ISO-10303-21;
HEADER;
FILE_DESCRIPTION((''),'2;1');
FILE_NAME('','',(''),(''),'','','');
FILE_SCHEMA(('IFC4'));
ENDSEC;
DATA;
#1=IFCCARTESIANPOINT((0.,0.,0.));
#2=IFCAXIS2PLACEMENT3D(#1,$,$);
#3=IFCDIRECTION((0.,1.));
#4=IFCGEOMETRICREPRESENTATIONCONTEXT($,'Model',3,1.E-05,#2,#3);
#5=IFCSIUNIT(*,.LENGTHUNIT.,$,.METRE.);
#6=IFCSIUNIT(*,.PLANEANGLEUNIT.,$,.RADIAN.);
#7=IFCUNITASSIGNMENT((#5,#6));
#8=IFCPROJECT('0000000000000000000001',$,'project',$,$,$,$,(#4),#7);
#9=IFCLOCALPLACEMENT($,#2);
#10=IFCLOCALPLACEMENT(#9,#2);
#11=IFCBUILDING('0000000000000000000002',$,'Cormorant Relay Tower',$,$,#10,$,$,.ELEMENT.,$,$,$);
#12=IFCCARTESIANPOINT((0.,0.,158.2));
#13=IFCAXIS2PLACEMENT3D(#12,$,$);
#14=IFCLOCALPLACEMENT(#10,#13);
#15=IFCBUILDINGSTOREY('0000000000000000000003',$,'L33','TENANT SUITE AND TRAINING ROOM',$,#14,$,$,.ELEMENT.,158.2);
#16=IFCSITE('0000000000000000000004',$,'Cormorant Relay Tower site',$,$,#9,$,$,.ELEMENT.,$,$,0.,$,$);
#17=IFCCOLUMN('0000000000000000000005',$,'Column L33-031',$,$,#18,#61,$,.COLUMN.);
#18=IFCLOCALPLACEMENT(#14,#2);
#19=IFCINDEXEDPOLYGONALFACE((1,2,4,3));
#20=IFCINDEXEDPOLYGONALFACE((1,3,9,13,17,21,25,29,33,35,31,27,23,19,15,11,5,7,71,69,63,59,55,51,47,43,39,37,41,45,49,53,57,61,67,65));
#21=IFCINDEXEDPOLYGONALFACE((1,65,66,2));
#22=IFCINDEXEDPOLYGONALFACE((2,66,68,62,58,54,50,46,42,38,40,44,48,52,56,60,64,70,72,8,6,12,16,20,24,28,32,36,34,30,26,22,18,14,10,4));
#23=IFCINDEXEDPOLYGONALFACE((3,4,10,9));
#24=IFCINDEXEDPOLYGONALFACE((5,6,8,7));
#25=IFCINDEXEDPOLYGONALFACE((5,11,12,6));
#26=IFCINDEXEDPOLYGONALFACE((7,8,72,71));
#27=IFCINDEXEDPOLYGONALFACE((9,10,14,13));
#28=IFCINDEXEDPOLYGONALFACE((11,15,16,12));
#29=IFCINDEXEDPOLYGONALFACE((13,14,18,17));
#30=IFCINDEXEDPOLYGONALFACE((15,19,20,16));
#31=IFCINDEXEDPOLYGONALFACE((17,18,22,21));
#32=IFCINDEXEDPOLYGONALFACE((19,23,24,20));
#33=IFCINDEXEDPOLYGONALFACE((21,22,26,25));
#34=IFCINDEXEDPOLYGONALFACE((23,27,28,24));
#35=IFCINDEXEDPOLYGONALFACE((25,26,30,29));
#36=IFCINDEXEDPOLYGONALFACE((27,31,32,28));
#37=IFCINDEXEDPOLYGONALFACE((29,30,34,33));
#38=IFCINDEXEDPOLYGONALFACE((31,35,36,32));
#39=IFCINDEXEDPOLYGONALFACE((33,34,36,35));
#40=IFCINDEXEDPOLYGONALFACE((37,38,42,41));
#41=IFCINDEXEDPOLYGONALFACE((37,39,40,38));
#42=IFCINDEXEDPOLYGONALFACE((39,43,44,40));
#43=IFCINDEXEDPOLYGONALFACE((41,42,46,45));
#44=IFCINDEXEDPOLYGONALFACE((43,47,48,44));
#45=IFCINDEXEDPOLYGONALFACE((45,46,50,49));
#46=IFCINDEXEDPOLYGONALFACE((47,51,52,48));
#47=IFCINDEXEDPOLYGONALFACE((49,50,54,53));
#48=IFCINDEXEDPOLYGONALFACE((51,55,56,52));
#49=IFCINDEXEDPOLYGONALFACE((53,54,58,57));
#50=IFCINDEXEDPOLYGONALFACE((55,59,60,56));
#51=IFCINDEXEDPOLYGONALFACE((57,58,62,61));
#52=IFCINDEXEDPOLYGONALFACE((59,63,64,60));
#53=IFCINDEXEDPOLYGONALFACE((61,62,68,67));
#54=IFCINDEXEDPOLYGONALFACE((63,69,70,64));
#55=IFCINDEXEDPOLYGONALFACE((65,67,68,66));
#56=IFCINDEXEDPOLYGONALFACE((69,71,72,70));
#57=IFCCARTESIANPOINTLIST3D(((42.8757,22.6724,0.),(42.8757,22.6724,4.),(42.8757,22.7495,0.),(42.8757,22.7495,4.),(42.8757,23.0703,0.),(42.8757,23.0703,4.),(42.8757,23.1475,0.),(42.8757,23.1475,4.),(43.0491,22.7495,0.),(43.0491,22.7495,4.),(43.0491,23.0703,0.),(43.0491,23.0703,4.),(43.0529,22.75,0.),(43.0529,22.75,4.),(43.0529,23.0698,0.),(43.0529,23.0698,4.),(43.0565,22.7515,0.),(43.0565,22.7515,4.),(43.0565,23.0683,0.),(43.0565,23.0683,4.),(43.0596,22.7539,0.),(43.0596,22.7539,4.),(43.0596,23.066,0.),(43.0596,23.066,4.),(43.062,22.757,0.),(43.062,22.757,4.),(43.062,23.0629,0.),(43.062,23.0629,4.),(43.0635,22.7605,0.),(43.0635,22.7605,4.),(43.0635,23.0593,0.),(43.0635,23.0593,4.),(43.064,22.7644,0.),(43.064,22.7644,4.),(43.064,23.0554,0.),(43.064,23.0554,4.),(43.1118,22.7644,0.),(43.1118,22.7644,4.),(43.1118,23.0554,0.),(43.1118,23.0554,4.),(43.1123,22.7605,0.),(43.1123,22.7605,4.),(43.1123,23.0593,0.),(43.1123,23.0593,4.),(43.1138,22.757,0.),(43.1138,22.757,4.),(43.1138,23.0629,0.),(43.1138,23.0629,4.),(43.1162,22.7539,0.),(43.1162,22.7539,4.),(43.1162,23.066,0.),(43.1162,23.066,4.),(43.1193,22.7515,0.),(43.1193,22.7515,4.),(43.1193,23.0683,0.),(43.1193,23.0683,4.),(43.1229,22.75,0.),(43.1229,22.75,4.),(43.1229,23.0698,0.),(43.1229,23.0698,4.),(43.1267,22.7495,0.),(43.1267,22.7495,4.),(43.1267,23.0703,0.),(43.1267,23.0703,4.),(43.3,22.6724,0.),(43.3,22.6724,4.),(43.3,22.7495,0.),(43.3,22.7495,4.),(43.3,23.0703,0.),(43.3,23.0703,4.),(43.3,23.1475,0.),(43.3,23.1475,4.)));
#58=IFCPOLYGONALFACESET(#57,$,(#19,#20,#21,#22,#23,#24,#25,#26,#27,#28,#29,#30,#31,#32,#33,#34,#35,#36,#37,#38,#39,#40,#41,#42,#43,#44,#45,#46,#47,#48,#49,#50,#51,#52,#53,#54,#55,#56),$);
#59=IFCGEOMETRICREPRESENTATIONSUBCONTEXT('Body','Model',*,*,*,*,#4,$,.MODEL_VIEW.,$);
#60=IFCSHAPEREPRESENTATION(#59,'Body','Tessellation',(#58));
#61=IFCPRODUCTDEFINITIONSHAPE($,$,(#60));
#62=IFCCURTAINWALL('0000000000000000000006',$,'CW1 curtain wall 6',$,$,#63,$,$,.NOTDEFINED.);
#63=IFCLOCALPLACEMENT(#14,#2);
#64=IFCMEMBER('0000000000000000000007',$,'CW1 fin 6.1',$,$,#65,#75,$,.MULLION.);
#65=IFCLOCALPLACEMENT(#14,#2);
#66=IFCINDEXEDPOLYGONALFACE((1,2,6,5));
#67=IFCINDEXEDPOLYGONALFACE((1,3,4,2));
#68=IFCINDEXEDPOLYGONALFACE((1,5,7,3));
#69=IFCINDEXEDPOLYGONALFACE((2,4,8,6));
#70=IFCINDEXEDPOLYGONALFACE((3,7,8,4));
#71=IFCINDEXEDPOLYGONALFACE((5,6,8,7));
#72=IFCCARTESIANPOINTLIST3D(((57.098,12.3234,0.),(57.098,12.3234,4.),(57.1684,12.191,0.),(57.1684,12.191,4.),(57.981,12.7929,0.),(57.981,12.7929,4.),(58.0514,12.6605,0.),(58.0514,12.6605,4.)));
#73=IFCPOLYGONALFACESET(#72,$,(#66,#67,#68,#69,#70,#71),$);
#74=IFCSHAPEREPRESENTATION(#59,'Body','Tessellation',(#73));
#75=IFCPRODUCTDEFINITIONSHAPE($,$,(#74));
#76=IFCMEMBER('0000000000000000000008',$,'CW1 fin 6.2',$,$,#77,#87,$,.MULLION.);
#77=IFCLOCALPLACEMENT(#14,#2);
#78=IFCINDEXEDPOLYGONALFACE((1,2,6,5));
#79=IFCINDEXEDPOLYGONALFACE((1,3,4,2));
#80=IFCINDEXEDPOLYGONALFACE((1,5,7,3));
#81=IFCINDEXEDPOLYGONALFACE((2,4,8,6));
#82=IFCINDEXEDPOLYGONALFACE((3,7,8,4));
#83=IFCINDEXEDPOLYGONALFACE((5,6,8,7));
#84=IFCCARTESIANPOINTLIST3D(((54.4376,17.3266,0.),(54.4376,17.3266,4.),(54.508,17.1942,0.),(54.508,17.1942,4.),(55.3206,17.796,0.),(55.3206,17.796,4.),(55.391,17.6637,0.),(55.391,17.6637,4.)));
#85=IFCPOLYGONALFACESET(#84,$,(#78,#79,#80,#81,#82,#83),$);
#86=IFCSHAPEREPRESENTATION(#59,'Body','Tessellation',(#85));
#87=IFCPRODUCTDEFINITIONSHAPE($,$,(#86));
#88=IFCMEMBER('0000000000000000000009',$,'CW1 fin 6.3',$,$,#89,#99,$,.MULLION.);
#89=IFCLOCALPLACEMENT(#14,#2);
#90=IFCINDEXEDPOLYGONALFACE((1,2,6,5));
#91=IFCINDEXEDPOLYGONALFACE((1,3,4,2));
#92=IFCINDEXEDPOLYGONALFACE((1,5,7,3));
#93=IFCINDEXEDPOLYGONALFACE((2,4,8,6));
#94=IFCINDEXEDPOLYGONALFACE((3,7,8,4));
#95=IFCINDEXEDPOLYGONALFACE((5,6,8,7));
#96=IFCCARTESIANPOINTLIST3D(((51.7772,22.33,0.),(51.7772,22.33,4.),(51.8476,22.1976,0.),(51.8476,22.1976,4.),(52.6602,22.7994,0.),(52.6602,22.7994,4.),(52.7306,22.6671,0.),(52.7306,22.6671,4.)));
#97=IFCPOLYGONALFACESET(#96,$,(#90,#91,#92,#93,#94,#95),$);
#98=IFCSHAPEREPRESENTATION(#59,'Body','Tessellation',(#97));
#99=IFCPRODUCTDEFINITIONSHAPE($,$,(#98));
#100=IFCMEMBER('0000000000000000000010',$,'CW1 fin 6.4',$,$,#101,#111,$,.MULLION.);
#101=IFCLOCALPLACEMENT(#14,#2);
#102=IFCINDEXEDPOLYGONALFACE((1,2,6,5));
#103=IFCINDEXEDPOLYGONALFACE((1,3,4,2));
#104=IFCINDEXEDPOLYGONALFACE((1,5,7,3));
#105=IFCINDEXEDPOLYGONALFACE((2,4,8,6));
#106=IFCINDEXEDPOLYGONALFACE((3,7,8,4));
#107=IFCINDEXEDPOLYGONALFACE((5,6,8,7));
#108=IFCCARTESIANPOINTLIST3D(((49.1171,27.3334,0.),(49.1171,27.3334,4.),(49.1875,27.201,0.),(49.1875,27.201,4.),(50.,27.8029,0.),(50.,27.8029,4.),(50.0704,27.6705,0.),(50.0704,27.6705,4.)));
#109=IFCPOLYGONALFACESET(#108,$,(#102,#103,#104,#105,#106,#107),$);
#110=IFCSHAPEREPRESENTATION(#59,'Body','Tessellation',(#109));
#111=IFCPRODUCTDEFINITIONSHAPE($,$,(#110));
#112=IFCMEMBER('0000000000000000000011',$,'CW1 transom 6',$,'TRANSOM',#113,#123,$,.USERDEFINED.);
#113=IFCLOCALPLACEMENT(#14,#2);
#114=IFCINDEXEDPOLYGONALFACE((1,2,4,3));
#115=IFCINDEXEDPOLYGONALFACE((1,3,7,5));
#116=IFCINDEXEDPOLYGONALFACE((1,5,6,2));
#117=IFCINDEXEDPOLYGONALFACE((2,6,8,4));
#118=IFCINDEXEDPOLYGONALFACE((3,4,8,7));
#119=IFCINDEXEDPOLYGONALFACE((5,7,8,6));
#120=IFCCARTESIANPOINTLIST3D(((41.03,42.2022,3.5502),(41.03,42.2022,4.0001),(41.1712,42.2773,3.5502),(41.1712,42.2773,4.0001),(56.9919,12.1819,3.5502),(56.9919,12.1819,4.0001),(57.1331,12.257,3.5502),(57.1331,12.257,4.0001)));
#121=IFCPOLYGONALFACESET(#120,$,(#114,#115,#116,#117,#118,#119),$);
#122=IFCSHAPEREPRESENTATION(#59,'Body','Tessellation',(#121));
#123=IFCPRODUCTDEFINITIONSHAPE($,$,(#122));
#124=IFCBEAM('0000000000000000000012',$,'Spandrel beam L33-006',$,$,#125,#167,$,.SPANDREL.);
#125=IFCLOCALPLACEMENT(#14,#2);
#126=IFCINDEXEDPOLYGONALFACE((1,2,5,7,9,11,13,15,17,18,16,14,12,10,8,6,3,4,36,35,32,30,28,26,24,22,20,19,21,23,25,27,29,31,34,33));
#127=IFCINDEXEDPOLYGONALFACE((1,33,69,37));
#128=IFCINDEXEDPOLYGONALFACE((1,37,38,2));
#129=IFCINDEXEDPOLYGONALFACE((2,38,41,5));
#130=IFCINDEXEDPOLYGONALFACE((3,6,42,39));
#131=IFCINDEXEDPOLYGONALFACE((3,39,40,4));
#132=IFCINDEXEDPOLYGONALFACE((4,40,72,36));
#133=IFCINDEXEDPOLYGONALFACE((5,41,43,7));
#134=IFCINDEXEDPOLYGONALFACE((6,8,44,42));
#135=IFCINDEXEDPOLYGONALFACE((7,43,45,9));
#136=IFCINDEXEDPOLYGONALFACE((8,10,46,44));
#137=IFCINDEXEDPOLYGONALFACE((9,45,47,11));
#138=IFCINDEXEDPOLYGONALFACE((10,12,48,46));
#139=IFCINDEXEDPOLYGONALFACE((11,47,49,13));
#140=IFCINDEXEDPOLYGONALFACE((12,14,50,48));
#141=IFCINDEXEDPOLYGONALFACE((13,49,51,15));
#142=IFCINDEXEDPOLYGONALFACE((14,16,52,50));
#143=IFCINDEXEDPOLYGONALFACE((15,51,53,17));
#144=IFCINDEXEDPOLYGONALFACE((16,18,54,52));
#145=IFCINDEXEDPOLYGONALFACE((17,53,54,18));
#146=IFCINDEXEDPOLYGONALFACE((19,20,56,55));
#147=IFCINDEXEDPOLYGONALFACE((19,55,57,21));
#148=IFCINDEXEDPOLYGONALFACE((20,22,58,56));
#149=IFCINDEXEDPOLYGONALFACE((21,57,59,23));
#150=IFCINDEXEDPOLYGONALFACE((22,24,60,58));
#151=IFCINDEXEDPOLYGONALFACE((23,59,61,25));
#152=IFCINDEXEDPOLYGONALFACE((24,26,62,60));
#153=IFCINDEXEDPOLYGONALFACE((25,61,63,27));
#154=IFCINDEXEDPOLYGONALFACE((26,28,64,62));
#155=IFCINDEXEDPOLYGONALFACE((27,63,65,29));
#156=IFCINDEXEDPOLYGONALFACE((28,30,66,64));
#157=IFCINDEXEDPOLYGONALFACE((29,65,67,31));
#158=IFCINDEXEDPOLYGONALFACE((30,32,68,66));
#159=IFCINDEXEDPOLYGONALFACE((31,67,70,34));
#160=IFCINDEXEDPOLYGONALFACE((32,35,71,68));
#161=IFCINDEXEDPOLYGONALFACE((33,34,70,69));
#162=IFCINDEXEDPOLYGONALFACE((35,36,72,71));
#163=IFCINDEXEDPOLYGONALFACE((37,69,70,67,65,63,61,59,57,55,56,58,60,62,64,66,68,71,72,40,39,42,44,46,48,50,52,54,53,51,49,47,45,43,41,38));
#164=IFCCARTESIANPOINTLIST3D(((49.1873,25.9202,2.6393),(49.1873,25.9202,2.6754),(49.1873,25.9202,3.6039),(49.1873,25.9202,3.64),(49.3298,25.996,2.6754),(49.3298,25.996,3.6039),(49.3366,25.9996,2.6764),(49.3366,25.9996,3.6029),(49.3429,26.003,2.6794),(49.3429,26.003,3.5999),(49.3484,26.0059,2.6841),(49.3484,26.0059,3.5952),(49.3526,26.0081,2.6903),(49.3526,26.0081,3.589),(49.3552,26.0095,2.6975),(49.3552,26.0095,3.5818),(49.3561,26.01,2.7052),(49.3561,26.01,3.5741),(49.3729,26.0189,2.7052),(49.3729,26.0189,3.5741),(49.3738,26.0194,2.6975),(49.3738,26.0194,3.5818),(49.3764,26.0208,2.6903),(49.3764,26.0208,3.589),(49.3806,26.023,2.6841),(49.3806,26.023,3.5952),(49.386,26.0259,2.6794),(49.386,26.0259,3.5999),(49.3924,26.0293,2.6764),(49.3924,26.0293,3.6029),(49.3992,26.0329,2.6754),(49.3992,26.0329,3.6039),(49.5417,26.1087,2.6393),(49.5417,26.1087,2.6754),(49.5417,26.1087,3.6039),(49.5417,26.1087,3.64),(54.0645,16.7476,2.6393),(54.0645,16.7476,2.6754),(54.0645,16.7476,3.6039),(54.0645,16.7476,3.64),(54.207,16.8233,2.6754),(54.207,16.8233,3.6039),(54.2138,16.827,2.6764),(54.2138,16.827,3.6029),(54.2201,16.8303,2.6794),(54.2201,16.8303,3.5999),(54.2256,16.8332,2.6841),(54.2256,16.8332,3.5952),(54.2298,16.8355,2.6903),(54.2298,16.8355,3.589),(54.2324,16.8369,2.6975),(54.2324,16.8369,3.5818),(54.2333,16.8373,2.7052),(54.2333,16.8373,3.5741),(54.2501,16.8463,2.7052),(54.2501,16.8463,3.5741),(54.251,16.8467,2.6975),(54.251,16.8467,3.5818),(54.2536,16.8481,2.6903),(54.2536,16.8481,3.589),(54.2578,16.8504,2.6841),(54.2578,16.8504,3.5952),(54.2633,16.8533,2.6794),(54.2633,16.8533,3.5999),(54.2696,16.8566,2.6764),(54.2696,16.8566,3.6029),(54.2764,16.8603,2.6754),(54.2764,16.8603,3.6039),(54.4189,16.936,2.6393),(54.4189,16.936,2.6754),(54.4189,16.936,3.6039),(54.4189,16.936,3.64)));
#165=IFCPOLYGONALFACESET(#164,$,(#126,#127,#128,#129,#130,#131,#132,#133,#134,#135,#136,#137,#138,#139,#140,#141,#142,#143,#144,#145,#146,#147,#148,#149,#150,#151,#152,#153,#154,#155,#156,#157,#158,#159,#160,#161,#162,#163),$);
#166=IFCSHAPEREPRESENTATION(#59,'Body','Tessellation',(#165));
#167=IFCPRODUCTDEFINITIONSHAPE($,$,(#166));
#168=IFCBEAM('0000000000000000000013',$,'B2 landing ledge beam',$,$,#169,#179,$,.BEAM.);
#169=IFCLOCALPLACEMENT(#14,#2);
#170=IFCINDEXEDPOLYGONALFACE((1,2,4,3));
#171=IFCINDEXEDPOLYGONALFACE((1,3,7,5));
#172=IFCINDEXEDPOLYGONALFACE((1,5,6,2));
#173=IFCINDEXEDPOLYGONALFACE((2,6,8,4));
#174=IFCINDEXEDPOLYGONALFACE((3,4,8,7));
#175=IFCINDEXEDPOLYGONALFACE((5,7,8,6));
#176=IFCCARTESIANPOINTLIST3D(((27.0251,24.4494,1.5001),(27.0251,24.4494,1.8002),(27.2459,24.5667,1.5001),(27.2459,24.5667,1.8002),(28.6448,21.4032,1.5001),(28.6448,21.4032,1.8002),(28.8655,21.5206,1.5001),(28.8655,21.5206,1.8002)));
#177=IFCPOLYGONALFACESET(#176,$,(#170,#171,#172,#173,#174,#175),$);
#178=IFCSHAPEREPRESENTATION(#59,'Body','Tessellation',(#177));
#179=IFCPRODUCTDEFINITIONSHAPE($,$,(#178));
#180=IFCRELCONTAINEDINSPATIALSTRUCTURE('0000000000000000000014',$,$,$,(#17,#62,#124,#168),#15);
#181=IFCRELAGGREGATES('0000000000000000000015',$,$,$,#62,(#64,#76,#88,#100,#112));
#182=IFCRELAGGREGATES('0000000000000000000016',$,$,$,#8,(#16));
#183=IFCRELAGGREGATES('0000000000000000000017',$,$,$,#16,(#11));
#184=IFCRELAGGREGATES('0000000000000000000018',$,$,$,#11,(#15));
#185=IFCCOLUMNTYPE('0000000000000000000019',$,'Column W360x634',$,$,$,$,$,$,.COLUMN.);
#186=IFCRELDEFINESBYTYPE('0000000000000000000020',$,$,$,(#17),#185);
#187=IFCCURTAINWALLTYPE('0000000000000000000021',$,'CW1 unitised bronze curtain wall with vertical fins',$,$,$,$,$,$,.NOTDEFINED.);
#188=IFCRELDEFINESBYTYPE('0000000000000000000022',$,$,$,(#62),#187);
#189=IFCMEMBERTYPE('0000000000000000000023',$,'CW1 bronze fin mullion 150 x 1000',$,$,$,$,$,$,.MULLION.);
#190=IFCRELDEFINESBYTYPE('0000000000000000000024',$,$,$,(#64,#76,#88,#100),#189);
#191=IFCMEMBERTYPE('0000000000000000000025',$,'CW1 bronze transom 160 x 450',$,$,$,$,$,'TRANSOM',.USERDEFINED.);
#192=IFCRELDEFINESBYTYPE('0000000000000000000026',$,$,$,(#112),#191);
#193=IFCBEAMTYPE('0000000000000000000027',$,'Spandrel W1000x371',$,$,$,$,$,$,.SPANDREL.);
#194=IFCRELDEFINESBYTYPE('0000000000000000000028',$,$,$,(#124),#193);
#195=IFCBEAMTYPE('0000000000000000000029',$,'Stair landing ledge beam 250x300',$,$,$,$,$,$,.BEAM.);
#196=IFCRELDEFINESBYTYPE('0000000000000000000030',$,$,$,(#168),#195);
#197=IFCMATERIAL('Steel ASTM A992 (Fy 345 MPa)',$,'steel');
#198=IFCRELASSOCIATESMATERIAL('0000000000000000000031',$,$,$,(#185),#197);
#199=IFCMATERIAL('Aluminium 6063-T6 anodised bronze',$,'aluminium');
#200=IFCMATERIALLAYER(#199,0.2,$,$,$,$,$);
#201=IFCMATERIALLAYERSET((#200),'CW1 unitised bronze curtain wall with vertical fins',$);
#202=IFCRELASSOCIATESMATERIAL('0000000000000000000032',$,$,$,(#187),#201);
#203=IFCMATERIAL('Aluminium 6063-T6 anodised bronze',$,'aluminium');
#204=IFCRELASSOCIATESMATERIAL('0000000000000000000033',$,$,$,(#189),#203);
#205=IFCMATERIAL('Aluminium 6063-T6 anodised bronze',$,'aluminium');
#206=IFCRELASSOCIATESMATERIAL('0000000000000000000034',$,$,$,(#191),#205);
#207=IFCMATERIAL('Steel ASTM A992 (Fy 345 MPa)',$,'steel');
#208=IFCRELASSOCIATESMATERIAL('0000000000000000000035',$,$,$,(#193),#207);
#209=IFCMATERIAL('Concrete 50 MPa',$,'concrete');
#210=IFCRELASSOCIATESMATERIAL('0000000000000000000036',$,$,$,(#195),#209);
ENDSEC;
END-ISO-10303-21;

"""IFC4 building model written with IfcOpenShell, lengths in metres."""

from ifc_helpers import new_model, si_unit, direction, frame, origin, origin_2d, place, context, subcontext, project, spatial, rectangle, i_section, extrude, material, layer, layer_set, material_profile, profile_set, type_object, element, aggregate, save


model = new_model("IFC4")

# Units and contexts
model_context = context("Model", 3, precision=1e-05, world=origin(), true_north=direction((0.0, 1.0)))
body_context = subcontext(model_context, "Body", "Model", "MODEL_VIEW")
ifc_project = project(units=[si_unit("LENGTHUNIT", "METRE"), si_unit("PLANEANGLEUNIT", "RADIAN")], contexts=[model_context])

# Site, building, storey
site_placement = place(None, origin())
site = spatial("IfcSite", under=ifc_project, at=site_placement, Name="Cormorant Relay Tower site", CompositionType="ELEMENT", RefElevation=0.0)
building_placement = place(site_placement, origin())
building = spatial("IfcBuilding", under=site, at=building_placement, Name="Cormorant Relay Tower", CompositionType="ELEMENT")
storey_placement = place(building_placement, frame((0.0, 0.0, 158.2)))
storey = spatial("IfcBuildingStorey", under=building, at=storey_placement, Name="L33", Description="TENANT SUITE AND TRAINING ROOM", CompositionType="ELEMENT", Elevation=158.2)

# Column
ifc_material_1 = material(Name="Steel ASTM A992 (Fy 345 MPa)", Category="steel")
ifc_material_profile_1 = material_profile(ifc_material_1, i_section(OverallWidth=0.4243, OverallDepth=0.4751, WebThickness=0.0479, FlangeThickness=0.0771, FilletRadius=0.0149, at=origin_2d()), Name="W360x634")
ifc_profile_set_1 = profile_set([ifc_material_profile_1], Name="Steel ASTM A992 (Fy 345 MPa)")
column_type_1 = type_object("IfcColumnType", Name="Column W360x634", PredefinedType="COLUMN", material=ifc_profile_set_1)
for number, where, z_axis, x_axis, name in (
    (1, (43.0879, 22.9099, 0.0), (0.0, 0.0, 1.0), (1.0, 0.0, 0.0), "Column L33-031"),
):
    element("IfcColumn", number, at=place(storey_placement, frame(where, z_axis=z_axis, x_axis=x_axis)), inside=storey, type_object=column_type_1, Name=name, PredefinedType="COLUMN", context=body_context, shape_type="SweptSolid", body=[
        extrude(i_section(OverallWidth=0.4243, OverallDepth=0.4751, WebThickness=0.0479, FlangeThickness=0.0771, FilletRadius=0.0149, at=origin_2d()), origin(), (0.0, 0.0, 1.0), 4.0),
    ])

# Curtain wall, members
ifc_material_2 = material(Name="Aluminium 6063-T6 anodised bronze", Category="aluminium")
ifc_layer_1 = layer(ifc_material_2, 0.2)
ifc_layer_set_1 = layer_set([ifc_layer_1], Name="CW1 unitised bronze curtain wall with vertical fins")
curtain_wall_type = type_object("IfcCurtainWallType", Name="CW1 unitised bronze curtain wall with vertical fins", PredefinedType="NOTDEFINED", material=ifc_layer_set_1)
curtain_wall_1_placement = place(storey_placement, origin())
curtain_wall_1 = element("IfcCurtainWall", 2, at=curtain_wall_1_placement, inside=storey, type_object=curtain_wall_type, Name="CW1 curtain wall 6", PredefinedType="NOTDEFINED")
ifc_material_3 = material(Name="Aluminium 6063-T6 anodised bronze", Category="aluminium")
ifc_material_profile_2 = material_profile(ifc_material_3, rectangle(XDim=0.1499, YDim=1.0, at=origin_2d()), Name="AL 150x1000")
ifc_profile_set_2 = profile_set([ifc_material_profile_2], Name="Aluminium 6063-T6 anodised bronze")
member_type_1 = type_object("IfcMemberType", Name="CW1 bronze fin mullion 150 x 1000", PredefinedType="MULLION", material=ifc_profile_set_2)
member_1_placement = place(storey_placement, frame((57.5747, 12.4919, 0.0), z_axis=(0.0, 0.0, 1.0), x_axis=(-0.469472, 0.882948, 0.0)))
member_1 = element("IfcMember", 3, at=member_1_placement, type_object=member_type_1, Name="CW1 fin 6.1", PredefinedType="MULLION", context=body_context, shape_type="SweptSolid", body=[
    extrude(rectangle(XDim=0.1499, YDim=1.0, at=origin_2d()), origin(), (0.0, 0.0, 1.0), 4.0),
])
member_2_placement = place(storey_placement, frame((54.9143, 17.4951, 0.0), z_axis=(0.0, 0.0, 1.0), x_axis=(-0.469472, 0.882948, 0.0)))
member_2 = element("IfcMember", 4, at=member_2_placement, type_object=member_type_1, Name="CW1 fin 6.2", PredefinedType="MULLION", context=body_context, shape_type="SweptSolid", body=[
    extrude(rectangle(XDim=0.1499, YDim=1.0, at=origin_2d()), origin(), (0.0, 0.0, 1.0), 4.0),
])
member_3_placement = place(storey_placement, frame((52.2539, 22.4985, 0.0), z_axis=(0.0, 0.0, 1.0), x_axis=(-0.469472, 0.882948, 0.0)))
member_3 = element("IfcMember", 5, at=member_3_placement, type_object=member_type_1, Name="CW1 fin 6.3", PredefinedType="MULLION", context=body_context, shape_type="SweptSolid", body=[
    extrude(rectangle(XDim=0.1499, YDim=1.0, at=origin_2d()), origin(), (0.0, 0.0, 1.0), 4.0),
])
member_4_placement = place(storey_placement, frame((49.5938, 27.502, 0.0), z_axis=(0.0, 0.0, 1.0), x_axis=(-0.469472, 0.882948, 0.0)))
member_4 = element("IfcMember", 6, at=member_4_placement, type_object=member_type_1, Name="CW1 fin 6.4", PredefinedType="MULLION", context=body_context, shape_type="SweptSolid", body=[
    extrude(rectangle(XDim=0.1499, YDim=1.0, at=origin_2d()), origin(), (0.0, 0.0, 1.0), 4.0),
])
ifc_material_4 = material(Name="Aluminium 6063-T6 anodised bronze", Category="aluminium")
ifc_material_profile_3 = material_profile(ifc_material_4, rectangle(XDim=0.1599, YDim=0.45, at=origin_2d()), Name="AL 160x450")
ifc_profile_set_3 = profile_set([ifc_material_profile_3], Name="Aluminium 6063-T6 anodised bronze")
member_type_2 = type_object("IfcMemberType", Name="CW1 bronze transom 160 x 450", ElementType="TRANSOM", PredefinedType="USERDEFINED", material=ifc_profile_set_3)
member_5_placement = place(storey_placement, frame((57.0625, 12.2195, 3.7751), z_axis=(-0.469468, 0.882949, 0.0), x_axis=(-0.882949, -0.469468, 0.0)))
member_5 = element("IfcMember", 7, at=member_5_placement, type_object=member_type_2, Name="CW1 transom 6", ObjectType="TRANSOM", PredefinedType="USERDEFINED", context=body_context, shape_type="SweptSolid", body=[
    extrude(rectangle(XDim=0.1599, YDim=0.45, at=origin_2d()), origin(), (0.0, 0.0, 1.0), 34.0),
])

# Beams
ifc_material_5 = material(Name="Steel ASTM A992 (Fy 345 MPa)", Category="steel")
ifc_material_profile_4 = material_profile(ifc_material_5, i_section(OverallWidth=0.4014, OverallDepth=1.0007, WebThickness=0.019, FlangeThickness=0.0361, FilletRadius=0.0298, at=origin_2d()), Name="W1000x371")
ifc_profile_set_4 = profile_set([ifc_material_profile_4], Name="Steel ASTM A992 (Fy 345 MPa)")
beam_type_1 = type_object("IfcBeamType", Name="Spandrel W1000x371", PredefinedType="SPANDREL", material=ifc_profile_set_4)
beam_1_placement = place(storey_placement, frame((54.2417, 16.8418, 3.1396), z_axis=(-0.469474, 0.882946, 0.0), x_axis=(-0.882946, -0.469474, 0.0)))
element("IfcBeam", 8, at=beam_1_placement, inside=storey, type_object=beam_type_1, Name="Spandrel beam L33-006", PredefinedType="SPANDREL", context=body_context, shape_type="SweptSolid", body=[
    extrude(i_section(OverallWidth=0.4014, OverallDepth=1.0007, WebThickness=0.019, FlangeThickness=0.0361, FilletRadius=0.0298, at=origin_2d()), origin(), (0.0, 0.0, 1.0), 10.3887),
])
ifc_material_6 = material(Name="Concrete 50 MPa", Category="concrete")
ifc_material_profile_5 = material_profile(ifc_material_6, rectangle(XDim=0.25, YDim=0.3, at=origin_2d()), Name="RC 250x300")
ifc_profile_set_5 = profile_set([ifc_material_profile_5], Name="Concrete 50 MPa")
beam_type_2 = type_object("IfcBeamType", Name="Stair landing ledge beam 250x300", PredefinedType="BEAM", material=ifc_profile_set_5)
beam_2_placement = place(storey_placement, frame((28.7551, 21.4619, 1.6501), z_axis=(-0.469464, 0.882952, 0.0), x_axis=(-0.882952, -0.469464, 0.0)))
element("IfcBeam", 9, at=beam_2_placement, inside=storey, type_object=beam_type_2, Name="B2 landing ledge beam", PredefinedType="BEAM", context=body_context, shape_type="SweptSolid", body=[
    extrude(rectangle(XDim=0.25, YDim=0.3, at=origin_2d()), origin(), (0.0, 0.0, 1.0), 3.45),
])

aggregate(curtain_wall_1, [member_1, member_2, member_3, member_4, member_5])

save(model, "model.ifc")
